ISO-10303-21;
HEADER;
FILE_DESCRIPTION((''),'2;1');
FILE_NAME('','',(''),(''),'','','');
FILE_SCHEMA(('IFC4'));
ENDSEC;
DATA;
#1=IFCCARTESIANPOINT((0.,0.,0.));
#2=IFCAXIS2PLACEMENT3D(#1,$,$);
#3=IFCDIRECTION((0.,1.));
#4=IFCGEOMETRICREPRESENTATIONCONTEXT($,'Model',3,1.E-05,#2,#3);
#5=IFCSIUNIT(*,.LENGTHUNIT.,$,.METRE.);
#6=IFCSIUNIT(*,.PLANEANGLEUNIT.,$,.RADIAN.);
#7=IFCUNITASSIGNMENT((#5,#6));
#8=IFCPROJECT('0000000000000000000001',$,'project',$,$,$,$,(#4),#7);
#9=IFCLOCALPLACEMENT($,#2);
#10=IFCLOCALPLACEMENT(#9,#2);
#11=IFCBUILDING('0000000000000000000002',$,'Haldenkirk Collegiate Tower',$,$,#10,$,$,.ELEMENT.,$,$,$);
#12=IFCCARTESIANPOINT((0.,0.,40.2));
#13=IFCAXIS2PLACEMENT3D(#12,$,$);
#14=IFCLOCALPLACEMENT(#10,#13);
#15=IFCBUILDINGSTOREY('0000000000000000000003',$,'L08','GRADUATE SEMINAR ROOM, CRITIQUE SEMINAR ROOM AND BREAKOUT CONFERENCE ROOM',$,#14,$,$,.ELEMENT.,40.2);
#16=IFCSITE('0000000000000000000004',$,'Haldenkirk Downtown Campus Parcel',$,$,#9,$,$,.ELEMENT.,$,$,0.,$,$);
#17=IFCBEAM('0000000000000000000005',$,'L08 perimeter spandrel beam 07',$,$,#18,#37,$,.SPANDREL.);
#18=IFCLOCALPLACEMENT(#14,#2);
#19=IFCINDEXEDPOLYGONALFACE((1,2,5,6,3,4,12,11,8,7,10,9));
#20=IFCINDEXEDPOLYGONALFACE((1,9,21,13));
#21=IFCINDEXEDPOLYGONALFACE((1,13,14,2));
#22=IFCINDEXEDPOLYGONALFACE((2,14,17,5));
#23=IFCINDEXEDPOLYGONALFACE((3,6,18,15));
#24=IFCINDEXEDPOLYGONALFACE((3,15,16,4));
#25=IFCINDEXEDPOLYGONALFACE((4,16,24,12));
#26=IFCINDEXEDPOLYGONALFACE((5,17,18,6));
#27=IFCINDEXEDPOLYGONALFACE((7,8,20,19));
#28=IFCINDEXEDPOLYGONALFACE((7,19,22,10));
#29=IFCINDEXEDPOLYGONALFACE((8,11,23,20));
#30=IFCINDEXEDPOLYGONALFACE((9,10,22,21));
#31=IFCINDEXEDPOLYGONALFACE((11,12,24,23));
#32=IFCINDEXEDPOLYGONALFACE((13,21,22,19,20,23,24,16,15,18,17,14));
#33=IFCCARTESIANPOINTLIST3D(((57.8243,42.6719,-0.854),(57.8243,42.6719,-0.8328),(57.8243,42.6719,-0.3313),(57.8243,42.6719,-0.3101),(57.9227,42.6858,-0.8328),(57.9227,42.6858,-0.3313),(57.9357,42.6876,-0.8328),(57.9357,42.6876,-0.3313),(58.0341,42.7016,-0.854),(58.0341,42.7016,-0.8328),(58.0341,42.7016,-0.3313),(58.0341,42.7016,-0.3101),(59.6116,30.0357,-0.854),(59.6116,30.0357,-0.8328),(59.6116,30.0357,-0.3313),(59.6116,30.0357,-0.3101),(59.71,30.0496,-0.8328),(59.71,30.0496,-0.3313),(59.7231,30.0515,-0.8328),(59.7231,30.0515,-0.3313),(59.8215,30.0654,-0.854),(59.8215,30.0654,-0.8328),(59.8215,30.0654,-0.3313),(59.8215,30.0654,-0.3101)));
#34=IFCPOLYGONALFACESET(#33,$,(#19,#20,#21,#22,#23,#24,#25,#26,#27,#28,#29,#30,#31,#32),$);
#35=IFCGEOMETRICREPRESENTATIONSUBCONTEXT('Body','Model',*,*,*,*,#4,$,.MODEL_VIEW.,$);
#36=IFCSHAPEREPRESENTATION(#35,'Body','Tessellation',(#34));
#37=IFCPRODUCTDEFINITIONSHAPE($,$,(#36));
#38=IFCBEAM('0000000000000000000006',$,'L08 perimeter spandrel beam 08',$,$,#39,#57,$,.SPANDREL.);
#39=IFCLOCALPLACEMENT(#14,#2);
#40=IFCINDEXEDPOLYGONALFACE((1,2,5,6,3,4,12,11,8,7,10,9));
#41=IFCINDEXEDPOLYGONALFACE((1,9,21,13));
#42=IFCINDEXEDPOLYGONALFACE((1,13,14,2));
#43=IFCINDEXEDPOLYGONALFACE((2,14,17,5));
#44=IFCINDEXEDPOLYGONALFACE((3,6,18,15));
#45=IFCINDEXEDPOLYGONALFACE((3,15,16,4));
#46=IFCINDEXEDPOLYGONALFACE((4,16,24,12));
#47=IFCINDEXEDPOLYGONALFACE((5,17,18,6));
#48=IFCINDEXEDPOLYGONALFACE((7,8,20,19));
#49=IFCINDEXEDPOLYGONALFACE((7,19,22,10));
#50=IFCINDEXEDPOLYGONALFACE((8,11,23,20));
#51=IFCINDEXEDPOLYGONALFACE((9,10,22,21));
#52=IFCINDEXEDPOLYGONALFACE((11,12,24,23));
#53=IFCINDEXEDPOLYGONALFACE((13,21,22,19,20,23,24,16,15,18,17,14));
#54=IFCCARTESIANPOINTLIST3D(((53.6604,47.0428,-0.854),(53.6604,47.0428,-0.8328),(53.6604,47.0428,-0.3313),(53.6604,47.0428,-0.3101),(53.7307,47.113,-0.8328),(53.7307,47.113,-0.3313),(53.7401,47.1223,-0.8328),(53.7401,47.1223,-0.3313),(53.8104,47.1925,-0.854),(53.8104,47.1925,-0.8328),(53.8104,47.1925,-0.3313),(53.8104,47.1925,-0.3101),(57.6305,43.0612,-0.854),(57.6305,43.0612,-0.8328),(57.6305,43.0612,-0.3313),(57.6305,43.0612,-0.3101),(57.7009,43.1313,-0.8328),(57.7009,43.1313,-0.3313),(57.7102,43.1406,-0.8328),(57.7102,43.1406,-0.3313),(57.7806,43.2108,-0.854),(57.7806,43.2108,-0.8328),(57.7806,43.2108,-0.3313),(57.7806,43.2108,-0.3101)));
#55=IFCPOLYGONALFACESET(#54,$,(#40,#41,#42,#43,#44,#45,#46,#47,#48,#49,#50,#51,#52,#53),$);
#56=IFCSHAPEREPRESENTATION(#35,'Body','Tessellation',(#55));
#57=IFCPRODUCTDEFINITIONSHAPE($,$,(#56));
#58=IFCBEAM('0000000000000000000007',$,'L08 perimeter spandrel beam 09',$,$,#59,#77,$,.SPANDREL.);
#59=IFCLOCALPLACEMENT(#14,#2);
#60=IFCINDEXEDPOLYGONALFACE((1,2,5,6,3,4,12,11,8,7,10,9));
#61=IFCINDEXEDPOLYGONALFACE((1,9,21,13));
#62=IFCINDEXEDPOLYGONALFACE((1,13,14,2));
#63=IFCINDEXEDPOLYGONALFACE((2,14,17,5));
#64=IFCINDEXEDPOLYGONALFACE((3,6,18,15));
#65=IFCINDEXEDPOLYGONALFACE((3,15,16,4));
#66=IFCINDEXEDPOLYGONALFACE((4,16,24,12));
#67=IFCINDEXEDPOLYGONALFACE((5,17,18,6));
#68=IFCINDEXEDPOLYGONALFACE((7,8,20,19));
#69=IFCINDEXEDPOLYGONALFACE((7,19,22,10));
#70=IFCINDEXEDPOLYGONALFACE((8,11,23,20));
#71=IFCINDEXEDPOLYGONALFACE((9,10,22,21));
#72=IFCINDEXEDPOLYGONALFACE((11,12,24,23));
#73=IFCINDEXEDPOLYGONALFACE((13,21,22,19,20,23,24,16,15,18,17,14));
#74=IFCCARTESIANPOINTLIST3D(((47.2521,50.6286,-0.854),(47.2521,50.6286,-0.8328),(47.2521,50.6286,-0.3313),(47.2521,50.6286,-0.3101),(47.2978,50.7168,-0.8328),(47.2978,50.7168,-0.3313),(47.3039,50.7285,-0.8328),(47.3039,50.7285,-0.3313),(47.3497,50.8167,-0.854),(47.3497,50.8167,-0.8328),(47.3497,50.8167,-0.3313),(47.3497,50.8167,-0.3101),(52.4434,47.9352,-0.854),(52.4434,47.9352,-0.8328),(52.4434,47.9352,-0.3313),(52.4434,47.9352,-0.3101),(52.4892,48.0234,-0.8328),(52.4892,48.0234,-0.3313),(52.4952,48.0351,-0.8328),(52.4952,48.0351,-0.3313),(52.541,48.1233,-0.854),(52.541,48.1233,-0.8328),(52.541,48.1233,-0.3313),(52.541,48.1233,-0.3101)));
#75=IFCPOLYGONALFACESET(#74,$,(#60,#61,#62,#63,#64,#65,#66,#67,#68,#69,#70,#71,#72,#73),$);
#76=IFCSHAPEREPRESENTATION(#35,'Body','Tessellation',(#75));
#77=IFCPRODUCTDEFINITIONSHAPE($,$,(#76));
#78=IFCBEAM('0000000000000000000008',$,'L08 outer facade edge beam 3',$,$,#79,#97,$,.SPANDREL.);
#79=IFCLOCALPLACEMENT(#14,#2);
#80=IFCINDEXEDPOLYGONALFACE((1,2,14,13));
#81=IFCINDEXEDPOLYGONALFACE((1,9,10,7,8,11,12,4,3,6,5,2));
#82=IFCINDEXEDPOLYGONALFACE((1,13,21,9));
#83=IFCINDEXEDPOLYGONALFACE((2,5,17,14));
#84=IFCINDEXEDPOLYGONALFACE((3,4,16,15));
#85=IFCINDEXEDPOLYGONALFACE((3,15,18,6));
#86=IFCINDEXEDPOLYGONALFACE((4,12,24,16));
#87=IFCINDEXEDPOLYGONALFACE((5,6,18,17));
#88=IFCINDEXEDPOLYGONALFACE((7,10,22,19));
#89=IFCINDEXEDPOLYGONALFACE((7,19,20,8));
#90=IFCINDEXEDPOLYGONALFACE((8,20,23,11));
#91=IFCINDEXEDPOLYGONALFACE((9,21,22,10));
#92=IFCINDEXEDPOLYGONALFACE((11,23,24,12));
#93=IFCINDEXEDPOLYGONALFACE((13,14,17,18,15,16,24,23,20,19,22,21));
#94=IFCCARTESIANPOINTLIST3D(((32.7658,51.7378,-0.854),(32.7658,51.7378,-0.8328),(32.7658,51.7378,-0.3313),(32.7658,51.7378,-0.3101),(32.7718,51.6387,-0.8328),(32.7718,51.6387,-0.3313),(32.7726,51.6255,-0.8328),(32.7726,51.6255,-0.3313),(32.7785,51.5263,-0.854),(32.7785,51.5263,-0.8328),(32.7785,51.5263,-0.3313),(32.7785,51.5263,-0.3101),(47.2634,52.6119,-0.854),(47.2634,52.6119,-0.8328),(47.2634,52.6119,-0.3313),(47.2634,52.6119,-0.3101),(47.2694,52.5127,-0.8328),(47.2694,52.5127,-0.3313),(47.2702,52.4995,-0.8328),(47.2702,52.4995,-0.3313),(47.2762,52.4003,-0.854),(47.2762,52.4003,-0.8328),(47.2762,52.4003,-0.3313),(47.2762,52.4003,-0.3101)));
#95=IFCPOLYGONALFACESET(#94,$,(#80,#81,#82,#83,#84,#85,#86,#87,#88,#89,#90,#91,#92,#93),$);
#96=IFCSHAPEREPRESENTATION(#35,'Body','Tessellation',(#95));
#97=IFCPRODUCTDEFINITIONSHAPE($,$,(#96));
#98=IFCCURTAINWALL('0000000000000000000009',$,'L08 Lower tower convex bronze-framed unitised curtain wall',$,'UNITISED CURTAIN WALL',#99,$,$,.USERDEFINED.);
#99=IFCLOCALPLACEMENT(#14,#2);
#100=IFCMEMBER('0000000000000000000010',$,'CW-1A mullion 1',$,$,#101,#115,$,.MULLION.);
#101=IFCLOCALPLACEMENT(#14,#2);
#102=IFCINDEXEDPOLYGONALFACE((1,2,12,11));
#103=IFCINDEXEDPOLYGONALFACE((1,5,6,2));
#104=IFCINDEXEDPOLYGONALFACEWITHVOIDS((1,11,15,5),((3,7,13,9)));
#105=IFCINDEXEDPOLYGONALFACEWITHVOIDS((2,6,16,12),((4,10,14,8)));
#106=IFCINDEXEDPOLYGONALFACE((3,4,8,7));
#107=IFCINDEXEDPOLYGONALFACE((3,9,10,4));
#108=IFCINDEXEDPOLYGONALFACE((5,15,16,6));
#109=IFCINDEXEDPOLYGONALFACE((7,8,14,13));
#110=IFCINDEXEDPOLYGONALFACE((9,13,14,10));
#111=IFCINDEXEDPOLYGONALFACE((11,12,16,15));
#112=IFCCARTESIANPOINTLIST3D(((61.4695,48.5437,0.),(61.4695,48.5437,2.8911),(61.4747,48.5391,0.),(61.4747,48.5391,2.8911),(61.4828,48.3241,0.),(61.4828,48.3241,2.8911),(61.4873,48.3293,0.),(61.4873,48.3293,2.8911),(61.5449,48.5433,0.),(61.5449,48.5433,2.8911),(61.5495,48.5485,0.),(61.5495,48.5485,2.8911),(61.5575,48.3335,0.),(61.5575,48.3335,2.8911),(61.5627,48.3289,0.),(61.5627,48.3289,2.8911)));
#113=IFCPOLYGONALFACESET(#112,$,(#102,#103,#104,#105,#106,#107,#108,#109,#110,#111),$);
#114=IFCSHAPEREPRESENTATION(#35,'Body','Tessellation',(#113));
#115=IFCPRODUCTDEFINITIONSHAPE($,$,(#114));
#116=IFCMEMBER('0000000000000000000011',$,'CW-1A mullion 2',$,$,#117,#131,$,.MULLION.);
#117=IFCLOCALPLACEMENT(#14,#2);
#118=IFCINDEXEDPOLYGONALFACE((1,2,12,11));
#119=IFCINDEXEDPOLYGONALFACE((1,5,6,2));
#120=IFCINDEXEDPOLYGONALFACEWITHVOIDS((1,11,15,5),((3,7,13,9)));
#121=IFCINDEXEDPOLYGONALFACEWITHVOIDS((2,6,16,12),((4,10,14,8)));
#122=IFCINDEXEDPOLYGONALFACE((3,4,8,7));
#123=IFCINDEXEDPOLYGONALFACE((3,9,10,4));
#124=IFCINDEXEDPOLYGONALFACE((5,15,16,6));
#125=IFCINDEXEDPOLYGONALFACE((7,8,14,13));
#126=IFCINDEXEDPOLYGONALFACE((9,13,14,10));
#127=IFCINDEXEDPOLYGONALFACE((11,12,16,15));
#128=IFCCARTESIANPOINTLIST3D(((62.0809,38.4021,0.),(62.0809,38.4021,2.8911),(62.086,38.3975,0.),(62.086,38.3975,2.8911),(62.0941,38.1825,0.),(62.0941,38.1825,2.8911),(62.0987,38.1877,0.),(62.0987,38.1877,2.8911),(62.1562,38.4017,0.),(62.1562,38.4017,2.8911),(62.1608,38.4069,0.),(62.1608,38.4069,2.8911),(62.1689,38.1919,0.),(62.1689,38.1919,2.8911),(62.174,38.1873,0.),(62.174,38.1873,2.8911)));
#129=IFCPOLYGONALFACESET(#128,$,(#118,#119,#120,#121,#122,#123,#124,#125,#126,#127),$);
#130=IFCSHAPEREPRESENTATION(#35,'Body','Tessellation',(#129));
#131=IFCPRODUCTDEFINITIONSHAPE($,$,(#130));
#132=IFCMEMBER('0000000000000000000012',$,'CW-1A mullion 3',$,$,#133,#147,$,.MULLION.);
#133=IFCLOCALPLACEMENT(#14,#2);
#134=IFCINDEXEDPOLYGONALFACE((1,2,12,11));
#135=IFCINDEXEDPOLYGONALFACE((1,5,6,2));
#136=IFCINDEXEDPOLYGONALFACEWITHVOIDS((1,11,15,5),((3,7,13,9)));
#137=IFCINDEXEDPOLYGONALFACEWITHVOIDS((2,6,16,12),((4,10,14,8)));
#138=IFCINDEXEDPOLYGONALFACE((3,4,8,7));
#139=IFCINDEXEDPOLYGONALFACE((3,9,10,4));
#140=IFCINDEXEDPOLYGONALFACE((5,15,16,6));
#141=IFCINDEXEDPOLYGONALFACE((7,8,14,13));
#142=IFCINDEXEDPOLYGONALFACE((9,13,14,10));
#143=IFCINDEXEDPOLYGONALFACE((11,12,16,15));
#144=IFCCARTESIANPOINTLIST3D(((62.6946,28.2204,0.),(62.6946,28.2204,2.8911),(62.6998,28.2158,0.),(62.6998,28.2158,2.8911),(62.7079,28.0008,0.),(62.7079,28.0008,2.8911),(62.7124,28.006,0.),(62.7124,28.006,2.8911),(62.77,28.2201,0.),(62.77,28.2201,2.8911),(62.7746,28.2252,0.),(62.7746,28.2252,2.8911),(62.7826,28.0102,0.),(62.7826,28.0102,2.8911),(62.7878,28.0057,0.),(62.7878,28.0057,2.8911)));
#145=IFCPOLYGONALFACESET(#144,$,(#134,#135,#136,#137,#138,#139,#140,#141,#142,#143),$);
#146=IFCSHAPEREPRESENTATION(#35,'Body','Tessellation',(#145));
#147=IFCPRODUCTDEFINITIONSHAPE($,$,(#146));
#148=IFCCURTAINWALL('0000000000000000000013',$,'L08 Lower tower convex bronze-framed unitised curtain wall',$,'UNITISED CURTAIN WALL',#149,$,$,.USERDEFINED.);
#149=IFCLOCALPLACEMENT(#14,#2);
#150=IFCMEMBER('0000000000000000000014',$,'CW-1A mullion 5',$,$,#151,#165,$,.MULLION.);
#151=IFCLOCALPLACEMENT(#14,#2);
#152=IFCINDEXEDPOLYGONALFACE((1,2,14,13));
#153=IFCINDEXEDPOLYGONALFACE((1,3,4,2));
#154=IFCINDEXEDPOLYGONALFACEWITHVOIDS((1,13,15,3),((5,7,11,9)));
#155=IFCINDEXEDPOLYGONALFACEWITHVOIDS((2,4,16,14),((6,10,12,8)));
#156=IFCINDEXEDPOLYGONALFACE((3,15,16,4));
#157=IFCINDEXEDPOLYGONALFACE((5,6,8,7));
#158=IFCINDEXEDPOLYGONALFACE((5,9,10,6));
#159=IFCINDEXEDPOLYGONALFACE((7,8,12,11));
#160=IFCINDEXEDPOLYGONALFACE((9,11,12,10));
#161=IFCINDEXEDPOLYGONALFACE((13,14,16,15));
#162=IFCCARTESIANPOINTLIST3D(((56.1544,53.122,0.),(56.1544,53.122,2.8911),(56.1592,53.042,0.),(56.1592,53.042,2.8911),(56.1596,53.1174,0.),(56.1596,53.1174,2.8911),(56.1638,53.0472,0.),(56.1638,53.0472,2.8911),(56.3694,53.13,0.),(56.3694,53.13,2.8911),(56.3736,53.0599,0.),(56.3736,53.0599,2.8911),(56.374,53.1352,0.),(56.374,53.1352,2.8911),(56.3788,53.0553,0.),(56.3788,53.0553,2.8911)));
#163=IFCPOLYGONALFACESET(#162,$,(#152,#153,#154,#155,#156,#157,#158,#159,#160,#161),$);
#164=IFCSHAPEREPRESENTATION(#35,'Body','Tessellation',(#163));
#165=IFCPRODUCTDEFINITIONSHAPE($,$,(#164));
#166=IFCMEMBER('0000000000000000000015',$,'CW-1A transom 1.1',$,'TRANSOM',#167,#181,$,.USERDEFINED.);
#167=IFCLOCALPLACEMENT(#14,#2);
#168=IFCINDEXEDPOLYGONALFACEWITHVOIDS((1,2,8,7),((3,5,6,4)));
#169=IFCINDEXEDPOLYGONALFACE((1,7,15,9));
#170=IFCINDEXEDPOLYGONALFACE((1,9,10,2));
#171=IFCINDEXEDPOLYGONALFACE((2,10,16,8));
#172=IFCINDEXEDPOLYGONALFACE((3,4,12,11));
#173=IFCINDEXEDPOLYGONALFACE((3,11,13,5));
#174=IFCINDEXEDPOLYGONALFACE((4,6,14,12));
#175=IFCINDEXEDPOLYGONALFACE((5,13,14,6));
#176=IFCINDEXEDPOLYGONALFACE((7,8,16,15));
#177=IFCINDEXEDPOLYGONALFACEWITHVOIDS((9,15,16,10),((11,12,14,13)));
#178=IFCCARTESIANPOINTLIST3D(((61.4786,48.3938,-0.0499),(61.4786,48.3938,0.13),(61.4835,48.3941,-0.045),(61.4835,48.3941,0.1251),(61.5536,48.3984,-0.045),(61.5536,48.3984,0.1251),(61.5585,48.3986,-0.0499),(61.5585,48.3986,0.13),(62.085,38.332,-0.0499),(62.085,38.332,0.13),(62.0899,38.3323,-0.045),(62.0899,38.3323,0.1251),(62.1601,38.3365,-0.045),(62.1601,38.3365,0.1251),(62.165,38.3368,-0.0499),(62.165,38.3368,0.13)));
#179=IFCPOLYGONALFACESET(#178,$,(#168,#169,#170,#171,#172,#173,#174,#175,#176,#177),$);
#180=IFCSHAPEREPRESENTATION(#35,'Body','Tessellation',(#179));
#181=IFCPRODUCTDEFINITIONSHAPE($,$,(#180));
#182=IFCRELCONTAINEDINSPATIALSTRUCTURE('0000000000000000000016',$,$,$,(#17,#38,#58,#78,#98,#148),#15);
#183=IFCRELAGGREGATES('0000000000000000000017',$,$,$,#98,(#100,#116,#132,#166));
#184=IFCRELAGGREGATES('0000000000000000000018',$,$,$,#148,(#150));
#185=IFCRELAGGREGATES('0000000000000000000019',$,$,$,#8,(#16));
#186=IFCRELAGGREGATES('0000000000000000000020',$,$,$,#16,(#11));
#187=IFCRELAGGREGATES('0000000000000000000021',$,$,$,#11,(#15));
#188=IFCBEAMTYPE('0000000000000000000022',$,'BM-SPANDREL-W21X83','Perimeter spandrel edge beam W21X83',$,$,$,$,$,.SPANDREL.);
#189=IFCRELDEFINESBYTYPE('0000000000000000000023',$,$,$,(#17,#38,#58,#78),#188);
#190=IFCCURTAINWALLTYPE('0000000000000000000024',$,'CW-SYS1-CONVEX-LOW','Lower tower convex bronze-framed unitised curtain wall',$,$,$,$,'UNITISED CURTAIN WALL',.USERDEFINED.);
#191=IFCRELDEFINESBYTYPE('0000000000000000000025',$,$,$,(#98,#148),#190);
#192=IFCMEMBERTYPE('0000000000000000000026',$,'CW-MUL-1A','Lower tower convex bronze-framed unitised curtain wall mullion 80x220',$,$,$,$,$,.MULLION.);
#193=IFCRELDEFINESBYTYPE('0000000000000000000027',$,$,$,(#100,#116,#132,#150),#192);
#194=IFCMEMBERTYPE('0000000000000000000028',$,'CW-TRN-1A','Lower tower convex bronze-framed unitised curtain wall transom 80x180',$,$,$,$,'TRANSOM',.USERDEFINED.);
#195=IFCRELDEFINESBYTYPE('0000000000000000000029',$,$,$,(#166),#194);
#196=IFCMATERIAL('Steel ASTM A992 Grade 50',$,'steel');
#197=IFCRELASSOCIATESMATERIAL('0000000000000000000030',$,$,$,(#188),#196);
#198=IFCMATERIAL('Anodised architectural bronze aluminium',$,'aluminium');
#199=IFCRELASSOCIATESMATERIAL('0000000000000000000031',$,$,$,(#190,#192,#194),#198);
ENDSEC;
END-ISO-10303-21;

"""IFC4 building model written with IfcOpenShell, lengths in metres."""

from ifc_helpers import new_model, si_unit, direction, frame, origin, origin_2d, place, context, subcontext, project, spatial, hollow_rectangle, i_section, extrude, material, material_profile, profile_set, type_object, element, aggregate, save


model = new_model("IFC4")

# Units and contexts
model_context = context("Model", 3, precision=1e-05, world=origin(), true_north=direction((0.0, 1.0)))
body_context = subcontext(model_context, "Body", "Model", "MODEL_VIEW")
ifc_project = project(units=[si_unit("LENGTHUNIT", "METRE"), si_unit("PLANEANGLEUNIT", "RADIAN")], contexts=[model_context])

# Site, building, storey
site_placement = place(None, origin())
site = spatial("IfcSite", under=ifc_project, at=site_placement, Name="Haldenkirk Downtown Campus Parcel", CompositionType="ELEMENT", RefElevation=0.0)
building_placement = place(site_placement, origin())
building = spatial("IfcBuilding", under=site, at=building_placement, Name="Haldenkirk Collegiate Tower", CompositionType="ELEMENT")
storey_placement = place(building_placement, frame((0.0, 0.0, 40.2)))
storey = spatial("IfcBuildingStorey", under=building, at=storey_placement, Name="L08", Description="GRADUATE SEMINAR ROOM, CRITIQUE SEMINAR ROOM AND BREAKOUT CONFERENCE ROOM", CompositionType="ELEMENT", Elevation=40.2)

# Beams
ifc_material_1 = material(Name="Steel ASTM A992 Grade 50", Category="steel")
ifc_material_profile_1 = material_profile(ifc_material_1, i_section(OverallWidth=0.2119, OverallDepth=0.5439, WebThickness=0.0132, FlangeThickness=0.0212, at=origin_2d()), Name="W21X83")
ifc_profile_set_1 = profile_set([ifc_material_profile_1], Name="Steel ASTM A992 Grade 50")
beam_type_1 = type_object("IfcBeamType", Name="BM-SPANDREL-W21X83", Description="Perimeter spandrel edge beam W21X83", PredefinedType="SPANDREL", material=ifc_profile_set_1)
beam_1_placement = place(storey_placement, frame((59.7166, 30.0505, -0.582), z_axis=(-0.140053, 0.990144, 0.0), x_axis=(-0.990144, -0.140053, 0.0)))
element("IfcBeam", 1, at=beam_1_placement, inside=storey, type_object=beam_type_1, Name="L08 perimeter spandrel beam 07", PredefinedType="SPANDREL", context=body_context, shape_type="SweptSolid", body=[
    extrude(i_section(OverallWidth=0.2119, OverallDepth=0.5439, WebThickness=0.0132, FlangeThickness=0.0212, at=origin_2d()), origin(), (0.0, 0.0, 1.0), 12.762),
])
beam_2_placement = place(storey_placement, frame((57.7056, 43.136, -0.582), z_axis=(-0.706086, 0.708126, 0.0), x_axis=(-0.708126, -0.706086, 0.0)))
element("IfcBeam", 2, at=beam_2_placement, inside=storey, type_object=beam_type_1, Name="L08 perimeter spandrel beam 08", PredefinedType="SPANDREL", context=body_context, shape_type="SweptSolid", body=[
    extrude(i_section(OverallWidth=0.2119, OverallDepth=0.5439, WebThickness=0.0132, FlangeThickness=0.0212, at=origin_2d()), origin(), (0.0, 0.0, 1.0), 5.6228),
])
beam_3_placement = place(storey_placement, frame((52.4922, 48.0293, -0.582), z_axis=(-0.887648, 0.460522, 0.0), x_axis=(-0.460522, -0.887648, 0.0)))
element("IfcBeam", 3, at=beam_3_placement, inside=storey, type_object=beam_type_1, Name="L08 perimeter spandrel beam 09", PredefinedType="SPANDREL", context=body_context, shape_type="SweptSolid", body=[
    extrude(i_section(OverallWidth=0.2119, OverallDepth=0.5439, WebThickness=0.0132, FlangeThickness=0.0212, at=origin_2d()), origin(), (0.0, 0.0, 1.0), 5.8484),
])
beam_4_placement = place(storey_placement, frame((47.2698, 52.5061, -0.582), z_axis=(-0.998188, -0.060178, 0.0), x_axis=(0.060178, -0.998188, 0.0)))
element("IfcBeam", 4, at=beam_4_placement, inside=storey, type_object=beam_type_1, Name="L08 outer facade edge beam 3", PredefinedType="SPANDREL", context=body_context, shape_type="SweptSolid", body=[
    extrude(i_section(OverallWidth=0.2119, OverallDepth=0.5439, WebThickness=0.0132, FlangeThickness=0.0212, at=origin_2d()), origin(), (0.0, 0.0, 1.0), 14.5239),
])

# Curtain wall, members
ifc_material_2 = material(Name="Anodised architectural bronze aluminium", Category="aluminium")
curtain_wall_type = type_object("IfcCurtainWallType", Name="CW-SYS1-CONVEX-LOW", Description="Lower tower convex bronze-framed unitised curtain wall", ElementType="UNITISED CURTAIN WALL", PredefinedType="USERDEFINED", material=ifc_material_2)
curtain_wall_1_placement = place(storey_placement, origin())
curtain_wall_1 = element("IfcCurtainWall", 5, at=curtain_wall_1_placement, inside=storey, type_object=curtain_wall_type, Name="L08 Lower tower convex bronze-framed unitised curtain wall", ObjectType="UNITISED CURTAIN WALL", PredefinedType="USERDEFINED")
ifc_material_profile_2 = material_profile(ifc_material_2, hollow_rectangle(XDim=0.0801, YDim=0.22, WallThickness=0.0049, at=origin_2d()), Name="CW-MUL-1A")
ifc_profile_set_2 = profile_set([ifc_material_profile_2], Name="Anodised architectural bronze aluminium")
member_type_1 = type_object("IfcMemberType", Name="CW-MUL-1A", Description="Lower tower convex bronze-framed unitised curtain wall mullion 80x220", PredefinedType="MULLION", material=ifc_profile_set_2)
member_1_placement = place(storey_placement, frame((61.5161, 48.4363, 0.0), z_axis=(0.0, 0.0, 1.0), x_axis=(0.998188, 0.060177, 0.0)))
member_1 = element("IfcMember", 6, at=member_1_placement, type_object=member_type_1, Name="CW-1A mullion 1", PredefinedType="MULLION", context=body_context, shape_type="SweptSolid", body=[
    extrude(hollow_rectangle(XDim=0.0801, YDim=0.22, WallThickness=0.0049, at=origin_2d()), origin(), (0.0, 0.0, 1.0), 2.8911),
])
member_2_placement = place(storey_placement, frame((62.1274, 38.2947, 0.0), z_axis=(0.0, 0.0, 1.0), x_axis=(0.998188, 0.060177, 0.0)))
member_2 = element("IfcMember", 7, at=member_2_placement, type_object=member_type_1, Name="CW-1A mullion 2", PredefinedType="MULLION", context=body_context, shape_type="SweptSolid", body=[
    extrude(hollow_rectangle(XDim=0.0801, YDim=0.22, WallThickness=0.0049, at=origin_2d()), origin(), (0.0, 0.0, 1.0), 2.8911),
])
member_3_placement = place(storey_placement, frame((62.7412, 28.113, 0.0), z_axis=(0.0, 0.0, 1.0), x_axis=(0.998188, 0.060177, 0.0)))
member_3 = element("IfcMember", 8, at=member_3_placement, type_object=member_type_1, Name="CW-1A mullion 3", PredefinedType="MULLION", context=body_context, shape_type="SweptSolid", body=[
    extrude(hollow_rectangle(XDim=0.0801, YDim=0.22, WallThickness=0.0049, at=origin_2d()), origin(), (0.0, 0.0, 1.0), 2.8911),
])

# Curtain wall, member
curtain_wall_2_placement = place(storey_placement, origin())
curtain_wall_2 = element("IfcCurtainWall", 9, at=curtain_wall_2_placement, inside=storey, type_object=curtain_wall_type, Name="L08 Lower tower convex bronze-framed unitised curtain wall", ObjectType="UNITISED CURTAIN WALL", PredefinedType="USERDEFINED")
member_4_placement = place(storey_placement, frame((56.2666, 53.0886, 0.0), z_axis=(0.0, 0.0, 1.0), x_axis=(-0.060176, 0.998188, 0.0)))
member_4 = element("IfcMember", 10, at=member_4_placement, type_object=member_type_1, Name="CW-1A mullion 5", PredefinedType="MULLION", context=body_context, shape_type="SweptSolid", body=[
    extrude(hollow_rectangle(XDim=0.0801, YDim=0.22, WallThickness=0.0049, at=origin_2d()), origin(), (0.0, 0.0, 1.0), 2.8911),
])

# Member
ifc_material_profile_3 = material_profile(ifc_material_2, hollow_rectangle(XDim=0.0801, YDim=0.1799, WallThickness=0.0049, at=origin_2d()), Name="CW-TRN-1A")
ifc_profile_set_3 = profile_set([ifc_material_profile_3], Name="Anodised architectural bronze aluminium")
member_type_2 = type_object("IfcMemberType", Name="CW-TRN-1A", Description="Lower tower convex bronze-framed unitised curtain wall transom 80x180", ElementType="TRANSOM", PredefinedType="USERDEFINED", material=ifc_profile_set_3)
member_5_placement = place(storey_placement, frame((61.5186, 48.3962, 0.04), z_axis=(0.060163, -0.998189, 0.0), x_axis=(0.998189, 0.060163, 0.0)))
member_5 = element("IfcMember", 11, at=member_5_placement, type_object=member_type_2, Name="CW-1A transom 1.1", ObjectType="TRANSOM", PredefinedType="USERDEFINED", context=body_context, shape_type="SweptSolid", body=[
    extrude(hollow_rectangle(XDim=0.0801, YDim=0.1799, WallThickness=0.0049, at=origin_2d()), origin(), (0.0, 0.0, 1.0), 10.0801),
])

aggregate(curtain_wall_1, [member_1, member_2, member_3, member_5])
aggregate(curtain_wall_2, [member_4])

save(model, "model.ifc")
